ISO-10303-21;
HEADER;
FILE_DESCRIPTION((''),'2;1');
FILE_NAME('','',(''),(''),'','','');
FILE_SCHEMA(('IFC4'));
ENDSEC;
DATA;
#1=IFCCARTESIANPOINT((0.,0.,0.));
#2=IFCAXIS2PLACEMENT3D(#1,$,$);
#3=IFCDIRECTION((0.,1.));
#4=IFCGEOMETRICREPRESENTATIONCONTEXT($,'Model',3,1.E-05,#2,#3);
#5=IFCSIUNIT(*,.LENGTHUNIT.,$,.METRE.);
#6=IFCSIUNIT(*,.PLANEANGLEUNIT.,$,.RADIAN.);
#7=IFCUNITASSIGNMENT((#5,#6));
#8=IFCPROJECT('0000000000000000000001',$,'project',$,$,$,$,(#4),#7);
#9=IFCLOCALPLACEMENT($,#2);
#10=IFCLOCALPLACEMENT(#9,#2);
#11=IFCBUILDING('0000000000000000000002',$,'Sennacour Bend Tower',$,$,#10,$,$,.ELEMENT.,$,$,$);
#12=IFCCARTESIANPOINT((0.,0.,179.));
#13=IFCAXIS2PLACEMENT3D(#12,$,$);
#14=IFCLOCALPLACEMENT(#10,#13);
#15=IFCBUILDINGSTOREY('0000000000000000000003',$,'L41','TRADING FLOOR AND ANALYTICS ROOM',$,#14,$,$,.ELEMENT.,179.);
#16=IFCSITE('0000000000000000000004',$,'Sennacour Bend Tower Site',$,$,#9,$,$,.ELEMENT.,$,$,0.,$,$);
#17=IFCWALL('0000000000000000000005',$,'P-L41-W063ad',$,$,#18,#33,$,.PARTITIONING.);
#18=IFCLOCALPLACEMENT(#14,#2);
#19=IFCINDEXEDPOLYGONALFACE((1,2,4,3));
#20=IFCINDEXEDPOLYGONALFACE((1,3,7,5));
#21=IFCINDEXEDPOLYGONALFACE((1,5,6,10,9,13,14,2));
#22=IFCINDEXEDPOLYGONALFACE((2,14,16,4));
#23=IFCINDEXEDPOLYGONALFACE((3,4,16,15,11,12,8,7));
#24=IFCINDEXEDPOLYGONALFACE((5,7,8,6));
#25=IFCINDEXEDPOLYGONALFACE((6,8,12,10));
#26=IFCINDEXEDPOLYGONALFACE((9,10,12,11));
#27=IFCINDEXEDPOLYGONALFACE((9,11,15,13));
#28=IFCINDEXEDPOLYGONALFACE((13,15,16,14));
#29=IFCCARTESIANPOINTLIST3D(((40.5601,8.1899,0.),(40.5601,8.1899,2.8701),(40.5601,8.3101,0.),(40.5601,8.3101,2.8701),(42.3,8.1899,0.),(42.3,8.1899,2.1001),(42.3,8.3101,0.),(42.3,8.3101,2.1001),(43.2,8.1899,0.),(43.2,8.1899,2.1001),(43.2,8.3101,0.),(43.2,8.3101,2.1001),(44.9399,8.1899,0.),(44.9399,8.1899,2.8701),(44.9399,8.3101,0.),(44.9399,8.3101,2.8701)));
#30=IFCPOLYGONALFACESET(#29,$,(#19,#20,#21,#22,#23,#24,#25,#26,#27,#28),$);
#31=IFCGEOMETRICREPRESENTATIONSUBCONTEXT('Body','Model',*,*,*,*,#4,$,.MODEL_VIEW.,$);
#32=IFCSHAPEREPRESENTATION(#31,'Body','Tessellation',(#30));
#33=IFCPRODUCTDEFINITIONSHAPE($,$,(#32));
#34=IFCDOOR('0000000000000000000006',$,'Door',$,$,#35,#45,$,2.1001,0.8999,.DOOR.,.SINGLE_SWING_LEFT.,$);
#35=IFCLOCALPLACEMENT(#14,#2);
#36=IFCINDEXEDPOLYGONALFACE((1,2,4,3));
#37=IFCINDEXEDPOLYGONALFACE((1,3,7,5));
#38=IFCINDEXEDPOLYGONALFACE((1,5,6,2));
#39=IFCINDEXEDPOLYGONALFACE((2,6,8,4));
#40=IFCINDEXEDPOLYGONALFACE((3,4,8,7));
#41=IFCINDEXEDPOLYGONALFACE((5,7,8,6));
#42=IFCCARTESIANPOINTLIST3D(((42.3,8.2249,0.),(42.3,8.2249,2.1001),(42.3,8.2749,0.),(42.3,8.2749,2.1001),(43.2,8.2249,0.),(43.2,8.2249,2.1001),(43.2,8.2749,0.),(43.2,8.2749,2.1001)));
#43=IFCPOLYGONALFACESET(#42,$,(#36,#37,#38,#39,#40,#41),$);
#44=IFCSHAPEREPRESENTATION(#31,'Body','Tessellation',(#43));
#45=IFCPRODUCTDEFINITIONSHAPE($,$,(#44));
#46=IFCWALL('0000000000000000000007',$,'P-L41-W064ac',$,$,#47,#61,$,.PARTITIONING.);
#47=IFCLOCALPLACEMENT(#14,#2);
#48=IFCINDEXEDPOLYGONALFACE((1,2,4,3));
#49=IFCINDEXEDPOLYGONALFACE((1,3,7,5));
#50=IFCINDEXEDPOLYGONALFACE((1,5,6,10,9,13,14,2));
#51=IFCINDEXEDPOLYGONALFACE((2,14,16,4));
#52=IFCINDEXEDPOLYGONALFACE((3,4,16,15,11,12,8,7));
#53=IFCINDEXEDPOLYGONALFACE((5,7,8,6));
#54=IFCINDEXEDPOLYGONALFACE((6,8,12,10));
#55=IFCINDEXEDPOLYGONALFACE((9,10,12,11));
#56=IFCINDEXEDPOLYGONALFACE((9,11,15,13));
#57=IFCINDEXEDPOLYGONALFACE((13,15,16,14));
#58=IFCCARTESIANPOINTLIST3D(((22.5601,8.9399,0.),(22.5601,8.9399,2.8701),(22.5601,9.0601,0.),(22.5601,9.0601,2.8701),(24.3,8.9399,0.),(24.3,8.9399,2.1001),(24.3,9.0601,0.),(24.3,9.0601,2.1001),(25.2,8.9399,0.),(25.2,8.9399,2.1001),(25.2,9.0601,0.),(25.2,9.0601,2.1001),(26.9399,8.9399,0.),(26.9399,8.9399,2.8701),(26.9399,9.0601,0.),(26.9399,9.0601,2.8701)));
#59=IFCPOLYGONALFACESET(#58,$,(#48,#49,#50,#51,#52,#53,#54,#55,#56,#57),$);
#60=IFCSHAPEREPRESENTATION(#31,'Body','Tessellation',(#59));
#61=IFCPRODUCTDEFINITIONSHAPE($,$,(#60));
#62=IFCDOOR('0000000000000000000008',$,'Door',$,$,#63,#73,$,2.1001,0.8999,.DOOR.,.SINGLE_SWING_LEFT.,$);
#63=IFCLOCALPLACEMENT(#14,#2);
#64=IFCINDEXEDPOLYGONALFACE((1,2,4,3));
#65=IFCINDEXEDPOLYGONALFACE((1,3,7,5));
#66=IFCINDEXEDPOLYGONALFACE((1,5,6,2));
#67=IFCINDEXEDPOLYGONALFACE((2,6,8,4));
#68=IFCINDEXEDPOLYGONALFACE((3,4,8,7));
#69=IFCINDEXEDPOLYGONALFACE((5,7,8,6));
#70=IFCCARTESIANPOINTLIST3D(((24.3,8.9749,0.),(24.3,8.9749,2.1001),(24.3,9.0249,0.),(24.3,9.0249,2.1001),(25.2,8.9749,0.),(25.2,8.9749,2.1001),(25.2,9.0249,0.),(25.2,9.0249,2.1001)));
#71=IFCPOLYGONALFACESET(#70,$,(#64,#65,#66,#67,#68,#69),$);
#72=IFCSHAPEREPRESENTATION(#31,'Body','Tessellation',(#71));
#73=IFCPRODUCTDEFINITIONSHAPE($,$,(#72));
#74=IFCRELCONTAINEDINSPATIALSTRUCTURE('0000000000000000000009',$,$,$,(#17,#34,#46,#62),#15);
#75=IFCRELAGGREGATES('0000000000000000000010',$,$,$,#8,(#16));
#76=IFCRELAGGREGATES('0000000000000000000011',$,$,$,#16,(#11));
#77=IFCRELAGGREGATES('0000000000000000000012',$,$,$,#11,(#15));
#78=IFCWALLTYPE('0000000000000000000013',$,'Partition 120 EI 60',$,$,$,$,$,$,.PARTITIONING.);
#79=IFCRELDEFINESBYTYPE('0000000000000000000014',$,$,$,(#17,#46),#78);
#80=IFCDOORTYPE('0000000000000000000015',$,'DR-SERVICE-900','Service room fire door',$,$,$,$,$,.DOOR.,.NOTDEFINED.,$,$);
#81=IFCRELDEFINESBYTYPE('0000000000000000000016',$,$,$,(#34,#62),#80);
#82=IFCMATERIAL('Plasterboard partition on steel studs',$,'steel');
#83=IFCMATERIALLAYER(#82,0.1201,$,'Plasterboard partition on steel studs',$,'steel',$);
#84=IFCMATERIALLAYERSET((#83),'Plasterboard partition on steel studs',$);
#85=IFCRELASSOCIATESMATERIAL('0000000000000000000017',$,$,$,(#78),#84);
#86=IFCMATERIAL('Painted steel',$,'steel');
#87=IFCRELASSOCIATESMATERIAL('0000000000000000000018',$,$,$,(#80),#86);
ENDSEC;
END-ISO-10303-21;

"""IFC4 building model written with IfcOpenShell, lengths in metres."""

from ifc_helpers import new_model, si_unit, direction, frame, frame_2d, origin, place, context, subcontext, project, spatial, rectangle, extrude, material, layer, layer_set, type_object, element, fill, save


model = new_model("IFC4")

# Units and contexts
model_context = context("Model", 3, precision=1e-05, world=origin(), true_north=direction((0.0, 1.0)))
body_context = subcontext(model_context, "Body", "Model", "MODEL_VIEW")
ifc_project = project(units=[si_unit("LENGTHUNIT", "METRE"), si_unit("PLANEANGLEUNIT", "RADIAN")], contexts=[model_context])

# Site, building, storey
site_placement = place(None, origin())
site = spatial("IfcSite", under=ifc_project, at=site_placement, Name="Sennacour Bend Tower Site", CompositionType="ELEMENT", RefElevation=0.0)
building_placement = place(site_placement, origin())
building = spatial("IfcBuilding", under=site, at=building_placement, Name="Sennacour Bend Tower", CompositionType="ELEMENT")
storey_placement = place(building_placement, frame((0.0, 0.0, 179.0)))
storey = spatial("IfcBuildingStorey", under=building, at=storey_placement, Name="L41", Description="TRADING FLOOR AND ANALYTICS ROOM", CompositionType="ELEMENT", Elevation=179.0)

# Shared definitions
ifc_material_1 = material(Name="Plasterboard partition on steel studs", Category="steel")

# Walls, openings, doors
ifc_layer_1 = layer(ifc_material_1, 0.1201, Name="Plasterboard partition on steel studs", Category="steel")
ifc_layer_set_1 = layer_set([ifc_layer_1], Name="Plasterboard partition on steel studs")
wall_type_1 = type_object("IfcWallType", Name="Partition 120 EI 60", PredefinedType="PARTITIONING", material=ifc_layer_set_1)
wall_1_placement = place(storey_placement, frame((40.5601, 8.25, 0.0), z_axis=(0.0, 0.0, 1.0), x_axis=(1.0, 0.0, 0.0)))
wall_1 = element("IfcWall", 1, at=wall_1_placement, inside=storey, type_object=wall_type_1, Name="P-L41-W063ad", PredefinedType="PARTITIONING", context=body_context, shape_type="SweptSolid", body=[
    extrude(rectangle(XDim=4.3799, YDim=0.1201, at=frame_2d((2.1899, 0.0))), origin(), (0.0, 0.0, 1.0), 2.8701),
])
opening_1_placement = place(wall_1_placement, frame((1.74, 0.0, 0.0)))
opening_1 = element("IfcOpeningElement", 2, at=opening_1_placement, cuts=wall_1, PredefinedType="OPENING", context=body_context, shape_type="SweptSolid", body=[
    extrude(rectangle(XDim=0.8999, YDim=2.1001, at=frame_2d((0.45, 1.05))), frame((0.0, 0.0701, 0.0), z_axis=(0.0, -1.0, 0.0), x_axis=(1.0, 0.0, 0.0)), (0.0, 0.0, 1.0), 0.1401),
])
ifc_material_2 = material(Name="Painted steel", Category="steel")
door_type_1 = type_object("IfcDoorType", Name="DR-SERVICE-900", Description="Service room fire door", OperationType="NOTDEFINED", PredefinedType="DOOR", material=ifc_material_2)
door_1_placement = place(opening_1_placement, origin())
door_1 = element("IfcDoor", 3, at=door_1_placement, inside=storey, type_object=door_type_1, Name="Door", OperationType="SINGLE_SWING_LEFT", OverallHeight=2.1001, OverallWidth=0.8999, PredefinedType="DOOR", context=body_context, shape_type="SweptSolid", body=[
    extrude(rectangle(XDim=0.8999, YDim=2.1001, at=frame_2d((0.45, 1.05))), frame((0.0, 0.0249, 0.0), z_axis=(0.0, -1.0, 0.0), x_axis=(1.0, 0.0, 0.0)), (0.0, 0.0, 1.0), 0.05),
])
fill(opening_1, door_1)
wall_2_placement = place(storey_placement, frame((22.5601, 9.0, 0.0), z_axis=(0.0, 0.0, 1.0), x_axis=(1.0, 0.0, 0.0)))
wall_2 = element("IfcWall", 4, at=wall_2_placement, inside=storey, type_object=wall_type_1, Name="P-L41-W064ac", PredefinedType="PARTITIONING", context=body_context, shape_type="SweptSolid", body=[
    extrude(rectangle(XDim=4.3799, YDim=0.1201, at=frame_2d((2.1899, 0.0))), origin(), (0.0, 0.0, 1.0), 2.8701),
])
opening_2_placement = place(wall_2_placement, frame((1.74, 0.0, 0.0)))
opening_2 = element("IfcOpeningElement", 5, at=opening_2_placement, cuts=wall_2, PredefinedType="OPENING", context=body_context, shape_type="SweptSolid", body=[
    extrude(rectangle(XDim=0.8999, YDim=2.1001, at=frame_2d((0.45, 1.05))), frame((0.0, 0.0701, 0.0), z_axis=(0.0, -1.0, 0.0), x_axis=(1.0, 0.0, 0.0)), (0.0, 0.0, 1.0), 0.1401),
])
door_2_placement = place(opening_2_placement, origin())
door_2 = element("IfcDoor", 6, at=door_2_placement, inside=storey, type_object=door_type_1, Name="Door", OperationType="SINGLE_SWING_LEFT", OverallHeight=2.1001, OverallWidth=0.8999, PredefinedType="DOOR", context=body_context, shape_type="SweptSolid", body=[
    extrude(rectangle(XDim=0.8999, YDim=2.1001, at=frame_2d((0.45, 1.05))), frame((0.0, 0.0249, 0.0), z_axis=(0.0, -1.0, 0.0), x_axis=(1.0, 0.0, 0.0)), (0.0, 0.0, 1.0), 0.05),
])
fill(opening_2, door_2)

save(model, "model.ifc")
